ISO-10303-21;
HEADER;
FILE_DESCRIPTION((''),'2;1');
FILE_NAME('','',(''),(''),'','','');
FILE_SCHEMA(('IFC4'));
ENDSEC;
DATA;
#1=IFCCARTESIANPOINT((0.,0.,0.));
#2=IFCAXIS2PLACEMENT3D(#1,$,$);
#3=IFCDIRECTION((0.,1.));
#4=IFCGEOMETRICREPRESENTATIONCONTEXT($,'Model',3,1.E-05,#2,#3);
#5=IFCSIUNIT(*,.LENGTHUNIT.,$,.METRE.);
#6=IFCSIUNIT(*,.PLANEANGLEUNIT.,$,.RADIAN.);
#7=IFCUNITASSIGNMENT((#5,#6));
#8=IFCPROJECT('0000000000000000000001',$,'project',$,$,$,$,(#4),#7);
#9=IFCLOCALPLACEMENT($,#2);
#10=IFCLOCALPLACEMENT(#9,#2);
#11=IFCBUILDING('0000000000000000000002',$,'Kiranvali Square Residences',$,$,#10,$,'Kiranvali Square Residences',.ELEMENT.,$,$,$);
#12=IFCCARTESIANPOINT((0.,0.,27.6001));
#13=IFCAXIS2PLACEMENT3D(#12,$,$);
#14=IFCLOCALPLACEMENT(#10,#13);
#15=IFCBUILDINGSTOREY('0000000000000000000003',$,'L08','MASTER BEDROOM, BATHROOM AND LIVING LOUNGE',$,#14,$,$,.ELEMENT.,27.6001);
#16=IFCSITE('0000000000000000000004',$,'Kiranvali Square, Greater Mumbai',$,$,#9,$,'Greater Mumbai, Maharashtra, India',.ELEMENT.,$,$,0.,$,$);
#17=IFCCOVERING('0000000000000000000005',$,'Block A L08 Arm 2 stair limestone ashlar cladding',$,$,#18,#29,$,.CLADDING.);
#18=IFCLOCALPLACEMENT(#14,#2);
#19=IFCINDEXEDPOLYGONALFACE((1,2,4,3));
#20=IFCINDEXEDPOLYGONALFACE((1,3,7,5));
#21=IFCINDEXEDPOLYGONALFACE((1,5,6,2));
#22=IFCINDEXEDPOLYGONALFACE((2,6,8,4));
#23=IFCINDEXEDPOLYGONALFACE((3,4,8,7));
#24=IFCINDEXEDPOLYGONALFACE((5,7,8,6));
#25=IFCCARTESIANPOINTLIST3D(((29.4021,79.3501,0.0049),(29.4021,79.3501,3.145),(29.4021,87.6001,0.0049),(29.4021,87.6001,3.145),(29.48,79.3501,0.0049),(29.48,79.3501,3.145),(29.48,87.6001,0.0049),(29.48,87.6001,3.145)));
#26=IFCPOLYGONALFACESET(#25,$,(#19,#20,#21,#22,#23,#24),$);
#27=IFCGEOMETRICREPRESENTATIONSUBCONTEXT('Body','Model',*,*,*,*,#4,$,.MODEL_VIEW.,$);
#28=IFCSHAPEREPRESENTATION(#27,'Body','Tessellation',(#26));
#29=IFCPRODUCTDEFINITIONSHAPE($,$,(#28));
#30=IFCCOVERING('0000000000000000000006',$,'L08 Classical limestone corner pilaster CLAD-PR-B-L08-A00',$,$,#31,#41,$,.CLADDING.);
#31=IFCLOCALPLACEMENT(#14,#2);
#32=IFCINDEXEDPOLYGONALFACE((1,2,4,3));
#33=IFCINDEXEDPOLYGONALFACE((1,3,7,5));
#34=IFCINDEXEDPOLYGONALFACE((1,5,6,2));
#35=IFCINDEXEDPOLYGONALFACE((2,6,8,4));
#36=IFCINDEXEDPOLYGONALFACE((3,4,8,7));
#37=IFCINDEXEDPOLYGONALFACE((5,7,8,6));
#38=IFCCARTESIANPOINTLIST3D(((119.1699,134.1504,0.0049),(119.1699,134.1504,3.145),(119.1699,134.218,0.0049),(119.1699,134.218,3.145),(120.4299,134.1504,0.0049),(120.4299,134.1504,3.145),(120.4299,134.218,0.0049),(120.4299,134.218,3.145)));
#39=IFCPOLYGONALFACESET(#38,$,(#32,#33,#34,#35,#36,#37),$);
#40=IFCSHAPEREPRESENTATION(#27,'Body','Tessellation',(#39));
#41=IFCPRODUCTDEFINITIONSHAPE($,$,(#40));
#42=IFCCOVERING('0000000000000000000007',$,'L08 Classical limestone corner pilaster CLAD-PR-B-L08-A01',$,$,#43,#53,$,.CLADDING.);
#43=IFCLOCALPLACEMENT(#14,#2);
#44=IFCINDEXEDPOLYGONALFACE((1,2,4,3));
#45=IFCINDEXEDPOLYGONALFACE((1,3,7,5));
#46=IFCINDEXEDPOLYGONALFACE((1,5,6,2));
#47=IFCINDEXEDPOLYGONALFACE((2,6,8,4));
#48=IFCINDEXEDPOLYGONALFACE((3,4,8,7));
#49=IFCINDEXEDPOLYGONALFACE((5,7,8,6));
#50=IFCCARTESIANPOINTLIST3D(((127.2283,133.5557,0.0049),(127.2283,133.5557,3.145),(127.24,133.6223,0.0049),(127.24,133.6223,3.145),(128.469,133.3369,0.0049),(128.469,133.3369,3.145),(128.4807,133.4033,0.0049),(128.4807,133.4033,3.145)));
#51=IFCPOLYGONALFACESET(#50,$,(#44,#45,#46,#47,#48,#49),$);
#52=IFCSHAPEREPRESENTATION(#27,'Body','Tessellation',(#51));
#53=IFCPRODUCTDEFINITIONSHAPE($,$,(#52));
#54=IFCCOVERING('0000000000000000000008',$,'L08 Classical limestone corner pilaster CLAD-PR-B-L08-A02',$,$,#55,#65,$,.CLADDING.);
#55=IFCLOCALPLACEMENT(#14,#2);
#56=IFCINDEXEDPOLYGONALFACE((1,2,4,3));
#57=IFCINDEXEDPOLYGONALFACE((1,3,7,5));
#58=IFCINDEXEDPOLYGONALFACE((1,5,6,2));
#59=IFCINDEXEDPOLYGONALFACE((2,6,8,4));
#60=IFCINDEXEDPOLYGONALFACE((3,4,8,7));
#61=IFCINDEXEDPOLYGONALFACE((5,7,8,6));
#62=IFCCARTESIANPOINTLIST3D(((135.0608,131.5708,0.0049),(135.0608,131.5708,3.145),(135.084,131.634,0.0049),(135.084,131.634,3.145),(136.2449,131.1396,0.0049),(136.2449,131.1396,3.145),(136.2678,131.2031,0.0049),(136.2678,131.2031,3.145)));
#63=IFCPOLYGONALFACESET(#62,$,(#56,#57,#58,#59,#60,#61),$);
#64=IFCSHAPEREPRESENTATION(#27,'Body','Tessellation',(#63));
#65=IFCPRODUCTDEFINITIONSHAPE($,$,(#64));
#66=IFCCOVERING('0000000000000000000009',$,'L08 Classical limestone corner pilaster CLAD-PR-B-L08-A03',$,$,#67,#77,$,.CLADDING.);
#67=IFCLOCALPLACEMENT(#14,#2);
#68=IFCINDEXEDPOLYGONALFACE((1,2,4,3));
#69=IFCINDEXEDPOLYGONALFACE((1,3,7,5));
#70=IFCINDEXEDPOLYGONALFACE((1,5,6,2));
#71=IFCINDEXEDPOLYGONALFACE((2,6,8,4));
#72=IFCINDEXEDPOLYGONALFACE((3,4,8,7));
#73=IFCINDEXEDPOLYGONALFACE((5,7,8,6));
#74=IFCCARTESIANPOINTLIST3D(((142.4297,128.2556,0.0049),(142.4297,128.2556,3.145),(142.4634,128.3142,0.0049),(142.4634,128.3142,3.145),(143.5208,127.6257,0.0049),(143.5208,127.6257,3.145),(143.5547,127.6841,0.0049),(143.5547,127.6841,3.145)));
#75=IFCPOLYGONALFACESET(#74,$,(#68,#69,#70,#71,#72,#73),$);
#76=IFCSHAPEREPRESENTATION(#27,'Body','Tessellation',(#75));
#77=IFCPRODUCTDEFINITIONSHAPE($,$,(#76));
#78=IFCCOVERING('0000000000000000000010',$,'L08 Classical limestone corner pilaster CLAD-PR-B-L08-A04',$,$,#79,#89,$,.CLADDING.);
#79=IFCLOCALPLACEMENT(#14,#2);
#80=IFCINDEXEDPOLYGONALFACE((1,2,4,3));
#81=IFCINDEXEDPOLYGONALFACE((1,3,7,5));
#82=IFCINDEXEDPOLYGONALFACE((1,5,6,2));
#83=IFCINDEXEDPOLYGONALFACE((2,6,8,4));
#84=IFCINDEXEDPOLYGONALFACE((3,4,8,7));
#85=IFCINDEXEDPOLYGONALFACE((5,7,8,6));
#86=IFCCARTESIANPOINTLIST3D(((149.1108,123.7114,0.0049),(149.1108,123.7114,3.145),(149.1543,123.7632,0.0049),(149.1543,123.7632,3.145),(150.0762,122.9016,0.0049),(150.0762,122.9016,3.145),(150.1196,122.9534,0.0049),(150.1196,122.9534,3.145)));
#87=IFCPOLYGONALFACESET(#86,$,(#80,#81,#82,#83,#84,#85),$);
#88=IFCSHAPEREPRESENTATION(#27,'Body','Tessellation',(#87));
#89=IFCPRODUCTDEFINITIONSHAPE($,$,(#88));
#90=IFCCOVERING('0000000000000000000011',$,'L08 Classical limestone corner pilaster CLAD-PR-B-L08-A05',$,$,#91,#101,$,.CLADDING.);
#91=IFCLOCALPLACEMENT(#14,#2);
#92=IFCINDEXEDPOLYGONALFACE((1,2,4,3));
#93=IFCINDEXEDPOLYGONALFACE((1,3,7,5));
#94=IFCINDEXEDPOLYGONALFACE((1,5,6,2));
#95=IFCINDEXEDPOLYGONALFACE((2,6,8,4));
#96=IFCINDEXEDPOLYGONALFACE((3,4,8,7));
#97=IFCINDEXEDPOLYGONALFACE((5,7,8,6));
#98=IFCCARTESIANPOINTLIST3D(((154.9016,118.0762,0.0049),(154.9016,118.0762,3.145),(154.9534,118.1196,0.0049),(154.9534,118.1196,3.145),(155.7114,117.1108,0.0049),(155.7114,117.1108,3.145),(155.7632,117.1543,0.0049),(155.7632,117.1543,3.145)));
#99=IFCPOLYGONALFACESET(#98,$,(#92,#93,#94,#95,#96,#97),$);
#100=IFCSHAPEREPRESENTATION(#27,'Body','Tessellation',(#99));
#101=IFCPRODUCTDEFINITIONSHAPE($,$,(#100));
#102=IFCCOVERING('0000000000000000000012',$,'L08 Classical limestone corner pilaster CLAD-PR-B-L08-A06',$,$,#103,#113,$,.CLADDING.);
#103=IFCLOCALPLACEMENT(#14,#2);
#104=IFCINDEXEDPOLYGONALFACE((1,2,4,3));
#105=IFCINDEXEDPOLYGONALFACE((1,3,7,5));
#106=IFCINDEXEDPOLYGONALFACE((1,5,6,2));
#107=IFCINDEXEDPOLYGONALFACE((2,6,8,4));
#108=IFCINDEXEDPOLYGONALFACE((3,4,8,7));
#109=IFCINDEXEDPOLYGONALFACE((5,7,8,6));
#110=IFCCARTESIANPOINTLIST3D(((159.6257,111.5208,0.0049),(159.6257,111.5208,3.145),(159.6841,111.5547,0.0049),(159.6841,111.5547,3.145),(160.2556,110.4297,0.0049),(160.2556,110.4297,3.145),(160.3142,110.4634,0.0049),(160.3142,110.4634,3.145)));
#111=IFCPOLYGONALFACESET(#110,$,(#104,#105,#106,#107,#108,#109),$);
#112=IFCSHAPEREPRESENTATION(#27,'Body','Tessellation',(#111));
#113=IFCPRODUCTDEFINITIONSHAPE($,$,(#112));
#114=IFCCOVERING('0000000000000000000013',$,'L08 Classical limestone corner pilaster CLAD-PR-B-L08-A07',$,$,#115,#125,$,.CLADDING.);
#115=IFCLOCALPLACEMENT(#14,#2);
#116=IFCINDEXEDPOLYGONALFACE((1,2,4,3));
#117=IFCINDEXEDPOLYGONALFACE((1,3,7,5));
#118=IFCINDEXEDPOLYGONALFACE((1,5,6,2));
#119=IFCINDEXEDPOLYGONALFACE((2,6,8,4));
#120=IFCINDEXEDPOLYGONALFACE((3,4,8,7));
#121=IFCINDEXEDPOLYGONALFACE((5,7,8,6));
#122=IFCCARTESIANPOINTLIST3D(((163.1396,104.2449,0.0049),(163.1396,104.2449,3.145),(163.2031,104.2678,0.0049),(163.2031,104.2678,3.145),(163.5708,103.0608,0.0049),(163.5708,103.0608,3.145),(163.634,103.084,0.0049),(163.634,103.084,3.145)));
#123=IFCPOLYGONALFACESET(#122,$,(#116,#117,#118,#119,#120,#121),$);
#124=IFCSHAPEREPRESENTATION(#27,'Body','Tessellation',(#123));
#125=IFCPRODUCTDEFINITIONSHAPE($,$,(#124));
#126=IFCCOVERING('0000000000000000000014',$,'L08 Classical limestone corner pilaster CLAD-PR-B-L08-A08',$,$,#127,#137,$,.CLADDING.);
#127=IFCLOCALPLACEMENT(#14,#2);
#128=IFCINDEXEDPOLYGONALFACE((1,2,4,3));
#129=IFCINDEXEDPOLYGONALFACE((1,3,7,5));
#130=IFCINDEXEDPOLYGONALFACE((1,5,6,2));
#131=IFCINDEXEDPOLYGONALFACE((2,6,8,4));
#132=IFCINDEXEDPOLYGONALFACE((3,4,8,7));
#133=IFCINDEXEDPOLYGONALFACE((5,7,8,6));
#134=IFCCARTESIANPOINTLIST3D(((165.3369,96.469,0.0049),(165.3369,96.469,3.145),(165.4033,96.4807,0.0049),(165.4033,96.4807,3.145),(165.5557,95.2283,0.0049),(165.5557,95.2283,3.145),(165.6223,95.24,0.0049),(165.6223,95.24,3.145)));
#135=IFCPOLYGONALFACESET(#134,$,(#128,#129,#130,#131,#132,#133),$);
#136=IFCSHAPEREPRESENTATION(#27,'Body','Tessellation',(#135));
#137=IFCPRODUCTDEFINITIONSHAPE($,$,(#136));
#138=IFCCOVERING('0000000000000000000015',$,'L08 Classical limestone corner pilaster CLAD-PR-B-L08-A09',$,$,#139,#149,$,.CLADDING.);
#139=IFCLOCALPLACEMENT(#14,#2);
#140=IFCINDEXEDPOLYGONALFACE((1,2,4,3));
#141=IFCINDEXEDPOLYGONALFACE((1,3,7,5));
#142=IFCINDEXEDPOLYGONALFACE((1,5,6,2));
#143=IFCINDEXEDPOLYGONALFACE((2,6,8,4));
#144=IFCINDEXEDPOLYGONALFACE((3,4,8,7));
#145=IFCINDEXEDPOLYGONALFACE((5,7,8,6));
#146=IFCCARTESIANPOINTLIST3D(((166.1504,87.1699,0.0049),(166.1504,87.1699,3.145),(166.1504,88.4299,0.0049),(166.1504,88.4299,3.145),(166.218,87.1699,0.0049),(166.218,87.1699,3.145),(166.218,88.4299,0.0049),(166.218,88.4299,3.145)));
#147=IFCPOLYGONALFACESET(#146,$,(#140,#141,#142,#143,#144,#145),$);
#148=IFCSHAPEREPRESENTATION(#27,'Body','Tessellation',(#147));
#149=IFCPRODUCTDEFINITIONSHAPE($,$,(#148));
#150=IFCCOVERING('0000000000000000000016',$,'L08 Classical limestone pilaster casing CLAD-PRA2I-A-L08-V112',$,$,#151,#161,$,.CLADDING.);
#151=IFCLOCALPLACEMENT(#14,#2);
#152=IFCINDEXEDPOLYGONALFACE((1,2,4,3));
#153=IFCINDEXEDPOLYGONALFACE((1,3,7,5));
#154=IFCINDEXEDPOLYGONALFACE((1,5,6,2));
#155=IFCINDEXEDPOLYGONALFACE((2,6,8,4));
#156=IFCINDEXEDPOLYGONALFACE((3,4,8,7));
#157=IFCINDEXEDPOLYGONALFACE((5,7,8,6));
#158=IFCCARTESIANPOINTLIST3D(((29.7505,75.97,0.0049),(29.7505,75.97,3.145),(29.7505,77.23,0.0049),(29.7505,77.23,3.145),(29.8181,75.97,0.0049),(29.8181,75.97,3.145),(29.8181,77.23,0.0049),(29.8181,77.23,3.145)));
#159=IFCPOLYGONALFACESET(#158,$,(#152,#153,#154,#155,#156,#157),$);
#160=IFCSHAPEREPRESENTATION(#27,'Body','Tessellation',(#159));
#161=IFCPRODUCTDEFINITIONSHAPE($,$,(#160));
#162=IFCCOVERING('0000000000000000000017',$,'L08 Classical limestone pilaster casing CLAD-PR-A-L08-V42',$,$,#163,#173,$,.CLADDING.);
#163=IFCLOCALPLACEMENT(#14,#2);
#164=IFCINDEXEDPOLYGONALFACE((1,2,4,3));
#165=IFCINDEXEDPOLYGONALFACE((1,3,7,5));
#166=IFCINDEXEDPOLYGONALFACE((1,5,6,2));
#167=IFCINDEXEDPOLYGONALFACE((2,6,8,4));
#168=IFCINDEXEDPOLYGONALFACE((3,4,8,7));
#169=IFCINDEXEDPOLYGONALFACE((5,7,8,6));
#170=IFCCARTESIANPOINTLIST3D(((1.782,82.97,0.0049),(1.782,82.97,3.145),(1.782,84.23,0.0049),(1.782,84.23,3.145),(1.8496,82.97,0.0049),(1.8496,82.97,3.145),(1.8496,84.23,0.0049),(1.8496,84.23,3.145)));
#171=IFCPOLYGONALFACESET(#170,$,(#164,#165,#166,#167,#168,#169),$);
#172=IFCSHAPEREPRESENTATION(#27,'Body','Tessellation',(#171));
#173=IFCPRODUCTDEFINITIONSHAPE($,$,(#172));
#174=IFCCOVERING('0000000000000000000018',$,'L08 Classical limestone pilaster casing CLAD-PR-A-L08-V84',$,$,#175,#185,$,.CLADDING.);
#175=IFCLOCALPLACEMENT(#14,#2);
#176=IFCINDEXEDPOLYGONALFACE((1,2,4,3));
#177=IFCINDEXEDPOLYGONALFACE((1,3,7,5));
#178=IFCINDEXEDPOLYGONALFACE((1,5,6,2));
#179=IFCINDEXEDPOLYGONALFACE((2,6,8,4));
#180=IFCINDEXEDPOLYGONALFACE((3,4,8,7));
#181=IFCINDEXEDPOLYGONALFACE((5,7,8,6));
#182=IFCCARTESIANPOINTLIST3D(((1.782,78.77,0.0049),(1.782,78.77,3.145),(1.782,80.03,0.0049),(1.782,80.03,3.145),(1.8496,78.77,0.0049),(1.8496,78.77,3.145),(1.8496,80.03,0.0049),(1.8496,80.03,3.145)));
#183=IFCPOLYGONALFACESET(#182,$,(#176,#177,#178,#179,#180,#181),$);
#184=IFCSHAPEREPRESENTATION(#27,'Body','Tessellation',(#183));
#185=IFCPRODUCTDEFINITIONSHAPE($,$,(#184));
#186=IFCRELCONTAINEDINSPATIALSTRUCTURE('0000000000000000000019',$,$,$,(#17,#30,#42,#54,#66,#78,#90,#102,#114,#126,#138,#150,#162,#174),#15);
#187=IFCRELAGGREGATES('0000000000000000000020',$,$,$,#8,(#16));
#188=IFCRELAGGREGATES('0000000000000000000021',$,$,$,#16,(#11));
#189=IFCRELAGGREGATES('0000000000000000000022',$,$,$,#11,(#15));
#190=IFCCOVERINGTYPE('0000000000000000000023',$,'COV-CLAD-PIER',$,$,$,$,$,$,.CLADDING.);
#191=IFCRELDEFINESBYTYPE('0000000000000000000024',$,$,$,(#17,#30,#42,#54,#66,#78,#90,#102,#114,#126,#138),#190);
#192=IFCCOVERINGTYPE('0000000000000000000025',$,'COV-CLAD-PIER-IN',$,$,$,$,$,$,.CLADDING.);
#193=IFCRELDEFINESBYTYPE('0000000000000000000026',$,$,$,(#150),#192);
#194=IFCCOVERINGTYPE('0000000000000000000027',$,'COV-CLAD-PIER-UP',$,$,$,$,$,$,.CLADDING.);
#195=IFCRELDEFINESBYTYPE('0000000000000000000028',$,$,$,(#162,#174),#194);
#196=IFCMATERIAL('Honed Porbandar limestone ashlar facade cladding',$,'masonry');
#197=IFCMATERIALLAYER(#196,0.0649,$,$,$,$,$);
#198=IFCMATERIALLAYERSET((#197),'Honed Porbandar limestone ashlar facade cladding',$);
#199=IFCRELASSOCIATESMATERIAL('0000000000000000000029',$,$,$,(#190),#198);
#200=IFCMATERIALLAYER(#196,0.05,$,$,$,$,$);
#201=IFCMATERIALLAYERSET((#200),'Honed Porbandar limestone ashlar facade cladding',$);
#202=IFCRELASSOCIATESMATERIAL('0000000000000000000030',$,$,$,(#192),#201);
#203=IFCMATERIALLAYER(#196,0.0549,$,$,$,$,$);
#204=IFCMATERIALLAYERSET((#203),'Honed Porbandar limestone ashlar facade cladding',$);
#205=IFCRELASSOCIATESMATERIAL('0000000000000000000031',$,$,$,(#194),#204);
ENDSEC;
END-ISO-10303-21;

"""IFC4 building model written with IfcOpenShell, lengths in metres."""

from ifc_helpers import new_model, si_unit, direction, frame, origin, place, context, subcontext, project, spatial, polyline, outline, extrude, material, layer, layer_set, type_object, element, save


model = new_model("IFC4")

# Units and contexts
model_context = context("Model", 3, precision=1e-05, world=origin(), true_north=direction((0.0, 1.0)))
body_context = subcontext(model_context, "Body", "Model", "MODEL_VIEW")
ifc_project = project(units=[si_unit("LENGTHUNIT", "METRE"), si_unit("PLANEANGLEUNIT", "RADIAN")], contexts=[model_context])

# Site, building, storey
site_placement = place(None, origin())
site = spatial("IfcSite", under=ifc_project, at=site_placement, Name="Kiranvali Square, Greater Mumbai", LongName="Greater Mumbai, Maharashtra, India", CompositionType="ELEMENT", RefElevation=0.0)
building_placement = place(site_placement, origin())
building = spatial("IfcBuilding", under=site, at=building_placement, Name="Kiranvali Square Residences", LongName="Kiranvali Square Residences", CompositionType="ELEMENT")
storey_placement = place(building_placement, frame((0.0, 0.0, 27.6001)))
storey = spatial("IfcBuildingStorey", under=building, at=storey_placement, Name="L08", Description="MASTER BEDROOM, BATHROOM AND LIVING LOUNGE", CompositionType="ELEMENT", Elevation=27.6001)

# Coverings
ifc_material = material(Name="Honed Porbandar limestone ashlar facade cladding", Category="masonry")
ifc_layer_1 = layer(ifc_material, 0.0649)
ifc_layer_set_1 = layer_set([ifc_layer_1], Name="Honed Porbandar limestone ashlar facade cladding")
covering_type_1 = type_object("IfcCoveringType", Name="COV-CLAD-PIER", PredefinedType="CLADDING", material=ifc_layer_set_1)
covering_1_placement = place(storey_placement, frame((0.0, 0.0, 0.0049)))
element("IfcCovering", 1, at=covering_1_placement, inside=storey, type_object=covering_type_1, Name="Block A L08 Arm 2 stair limestone ashlar cladding", PredefinedType="CLADDING", context=body_context, shape_type="SweptSolid", body=[
    extrude(outline(polyline([(29.4021, 87.6001), (29.4021, 79.3501), (29.48, 79.3501), (29.48, 87.6001), (29.4021, 87.6001)])), origin(), (0.0, 0.0, 1.0), 3.1401),
])
covering_2_placement = place(storey_placement, frame((0.0, 0.0, 0.0049)))
element("IfcCovering", 2, at=covering_2_placement, inside=storey, type_object=covering_type_1, Name="L08 Classical limestone corner pilaster CLAD-PR-B-L08-A00", PredefinedType="CLADDING", context=body_context, shape_type="SweptSolid", body=[
    extrude(outline(polyline([(120.4299, 134.218), (119.1699, 134.218), (119.1699, 134.1504), (120.4299, 134.1504), (120.4299, 134.218)])), origin(), (0.0, 0.0, 1.0), 3.1401),
])
covering_3_placement = place(storey_placement, frame((0.0, 0.0, 0.0049)))
element("IfcCovering", 3, at=covering_3_placement, inside=storey, type_object=covering_type_1, Name="L08 Classical limestone corner pilaster CLAD-PR-B-L08-A01", PredefinedType="CLADDING", context=body_context, shape_type="SweptSolid", body=[
    extrude(outline(polyline([(128.4807, 133.4033), (127.24, 133.6223), (127.2283, 133.5557), (128.469, 133.3369), (128.4807, 133.4033)])), origin(), (0.0, 0.0, 1.0), 3.1401),
])
covering_4_placement = place(storey_placement, frame((0.0, 0.0, 0.0049)))
element("IfcCovering", 4, at=covering_4_placement, inside=storey, type_object=covering_type_1, Name="L08 Classical limestone corner pilaster CLAD-PR-B-L08-A02", PredefinedType="CLADDING", context=body_context, shape_type="SweptSolid", body=[
    extrude(outline(polyline([(136.2678, 131.2031), (135.084, 131.634), (135.0608, 131.5708), (136.2449, 131.1396), (136.2678, 131.2031)])), origin(), (0.0, 0.0, 1.0), 3.1401),
])
covering_5_placement = place(storey_placement, frame((0.0, 0.0, 0.0049)))
element("IfcCovering", 5, at=covering_5_placement, inside=storey, type_object=covering_type_1, Name="L08 Classical limestone corner pilaster CLAD-PR-B-L08-A03", PredefinedType="CLADDING", context=body_context, shape_type="SweptSolid", body=[
    extrude(outline(polyline([(143.5547, 127.6841), (142.4634, 128.3142), (142.4297, 128.2556), (143.5208, 127.6257), (143.5547, 127.6841)])), origin(), (0.0, 0.0, 1.0), 3.1401),
])
covering_6_placement = place(storey_placement, frame((0.0, 0.0, 0.0049)))
element("IfcCovering", 6, at=covering_6_placement, inside=storey, type_object=covering_type_1, Name="L08 Classical limestone corner pilaster CLAD-PR-B-L08-A04", PredefinedType="CLADDING", context=body_context, shape_type="SweptSolid", body=[
    extrude(outline(polyline([(150.1196, 122.9534), (149.1543, 123.7632), (149.1108, 123.7114), (150.0762, 122.9016), (150.1196, 122.9534)])), origin(), (0.0, 0.0, 1.0), 3.1401),
])
covering_7_placement = place(storey_placement, frame((0.0, 0.0, 0.0049)))
element("IfcCovering", 7, at=covering_7_placement, inside=storey, type_object=covering_type_1, Name="L08 Classical limestone corner pilaster CLAD-PR-B-L08-A05", PredefinedType="CLADDING", context=body_context, shape_type="SweptSolid", body=[
    extrude(outline(polyline([(155.7632, 117.1543), (154.9534, 118.1196), (154.9016, 118.0762), (155.7114, 117.1108), (155.7632, 117.1543)])), origin(), (0.0, 0.0, 1.0), 3.1401),
])
covering_8_placement = place(storey_placement, frame((0.0, 0.0, 0.0049)))
element("IfcCovering", 8, at=covering_8_placement, inside=storey, type_object=covering_type_1, Name="L08 Classical limestone corner pilaster CLAD-PR-B-L08-A06", PredefinedType="CLADDING", context=body_context, shape_type="SweptSolid", body=[
    extrude(outline(polyline([(160.3142, 110.4634), (159.6841, 111.5547), (159.6257, 111.5208), (160.2556, 110.4297), (160.3142, 110.4634)])), origin(), (0.0, 0.0, 1.0), 3.1401),
])
covering_9_placement = place(storey_placement, frame((0.0, 0.0, 0.0049)))
element("IfcCovering", 9, at=covering_9_placement, inside=storey, type_object=covering_type_1, Name="L08 Classical limestone corner pilaster CLAD-PR-B-L08-A07", PredefinedType="CLADDING", context=body_context, shape_type="SweptSolid", body=[
    extrude(outline(polyline([(163.634, 103.084), (163.2031, 104.2678), (163.1396, 104.2449), (163.5708, 103.0608), (163.634, 103.084)])), origin(), (0.0, 0.0, 1.0), 3.1401),
])
covering_10_placement = place(storey_placement, frame((0.0, 0.0, 0.0049)))
element("IfcCovering", 10, at=covering_10_placement, inside=storey, type_object=covering_type_1, Name="L08 Classical limestone corner pilaster CLAD-PR-B-L08-A08", PredefinedType="CLADDING", context=body_context, shape_type="SweptSolid", body=[
    extrude(outline(polyline([(165.6223, 95.24), (165.4033, 96.4807), (165.3369, 96.469), (165.5557, 95.2283), (165.6223, 95.24)])), origin(), (0.0, 0.0, 1.0), 3.1401),
])
covering_11_placement = place(storey_placement, frame((0.0, 0.0, 0.0049)))
element("IfcCovering", 11, at=covering_11_placement, inside=storey, type_object=covering_type_1, Name="L08 Classical limestone corner pilaster CLAD-PR-B-L08-A09", PredefinedType="CLADDING", context=body_context, shape_type="SweptSolid", body=[
    extrude(outline(polyline([(166.218, 87.1699), (166.218, 88.4299), (166.1504, 88.4299), (166.1504, 87.1699), (166.218, 87.1699)])), origin(), (0.0, 0.0, 1.0), 3.1401),
])
ifc_layer_2 = layer(ifc_material, 0.05)
ifc_layer_set_2 = layer_set([ifc_layer_2], Name="Honed Porbandar limestone ashlar facade cladding")
covering_type_2 = type_object("IfcCoveringType", Name="COV-CLAD-PIER-IN", PredefinedType="CLADDING", material=ifc_layer_set_2)
covering_12_placement = place(storey_placement, frame((0.0, 0.0, 0.0049)))
element("IfcCovering", 12, at=covering_12_placement, inside=storey, type_object=covering_type_2, Name="L08 Classical limestone pilaster casing CLAD-PRA2I-A-L08-V112", PredefinedType="CLADDING", context=body_context, shape_type="SweptSolid", body=[
    extrude(outline(polyline([(29.7505, 77.23), (29.7505, 75.97), (29.8181, 75.97), (29.8181, 77.23), (29.7505, 77.23)])), origin(), (0.0, 0.0, 1.0), 3.1401),
])
ifc_layer_3 = layer(ifc_material, 0.0549)
ifc_layer_set_3 = layer_set([ifc_layer_3], Name="Honed Porbandar limestone ashlar facade cladding")
covering_type_3 = type_object("IfcCoveringType", Name="COV-CLAD-PIER-UP", PredefinedType="CLADDING", material=ifc_layer_set_3)
covering_13_placement = place(storey_placement, frame((0.0, 0.0, 0.0049)))
element("IfcCovering", 13, at=covering_13_placement, inside=storey, type_object=covering_type_3, Name="L08 Classical limestone pilaster casing CLAD-PR-A-L08-V42", PredefinedType="CLADDING", context=body_context, shape_type="SweptSolid", body=[
    extrude(outline(polyline([(1.782, 84.23), (1.782, 82.97), (1.8496, 82.97), (1.8496, 84.23), (1.782, 84.23)])), origin(), (0.0, 0.0, 1.0), 3.1401),
])
covering_14_placement = place(storey_placement, frame((0.0, 0.0, 0.0049)))
element("IfcCovering", 14, at=covering_14_placement, inside=storey, type_object=covering_type_3, Name="L08 Classical limestone pilaster casing CLAD-PR-A-L08-V84", PredefinedType="CLADDING", context=body_context, shape_type="SweptSolid", body=[
    extrude(outline(polyline([(1.782, 80.03), (1.782, 78.77), (1.8496, 78.77), (1.8496, 80.03), (1.782, 80.03)])), origin(), (0.0, 0.0, 1.0), 3.1401),
])

save(model, "model.ifc")
